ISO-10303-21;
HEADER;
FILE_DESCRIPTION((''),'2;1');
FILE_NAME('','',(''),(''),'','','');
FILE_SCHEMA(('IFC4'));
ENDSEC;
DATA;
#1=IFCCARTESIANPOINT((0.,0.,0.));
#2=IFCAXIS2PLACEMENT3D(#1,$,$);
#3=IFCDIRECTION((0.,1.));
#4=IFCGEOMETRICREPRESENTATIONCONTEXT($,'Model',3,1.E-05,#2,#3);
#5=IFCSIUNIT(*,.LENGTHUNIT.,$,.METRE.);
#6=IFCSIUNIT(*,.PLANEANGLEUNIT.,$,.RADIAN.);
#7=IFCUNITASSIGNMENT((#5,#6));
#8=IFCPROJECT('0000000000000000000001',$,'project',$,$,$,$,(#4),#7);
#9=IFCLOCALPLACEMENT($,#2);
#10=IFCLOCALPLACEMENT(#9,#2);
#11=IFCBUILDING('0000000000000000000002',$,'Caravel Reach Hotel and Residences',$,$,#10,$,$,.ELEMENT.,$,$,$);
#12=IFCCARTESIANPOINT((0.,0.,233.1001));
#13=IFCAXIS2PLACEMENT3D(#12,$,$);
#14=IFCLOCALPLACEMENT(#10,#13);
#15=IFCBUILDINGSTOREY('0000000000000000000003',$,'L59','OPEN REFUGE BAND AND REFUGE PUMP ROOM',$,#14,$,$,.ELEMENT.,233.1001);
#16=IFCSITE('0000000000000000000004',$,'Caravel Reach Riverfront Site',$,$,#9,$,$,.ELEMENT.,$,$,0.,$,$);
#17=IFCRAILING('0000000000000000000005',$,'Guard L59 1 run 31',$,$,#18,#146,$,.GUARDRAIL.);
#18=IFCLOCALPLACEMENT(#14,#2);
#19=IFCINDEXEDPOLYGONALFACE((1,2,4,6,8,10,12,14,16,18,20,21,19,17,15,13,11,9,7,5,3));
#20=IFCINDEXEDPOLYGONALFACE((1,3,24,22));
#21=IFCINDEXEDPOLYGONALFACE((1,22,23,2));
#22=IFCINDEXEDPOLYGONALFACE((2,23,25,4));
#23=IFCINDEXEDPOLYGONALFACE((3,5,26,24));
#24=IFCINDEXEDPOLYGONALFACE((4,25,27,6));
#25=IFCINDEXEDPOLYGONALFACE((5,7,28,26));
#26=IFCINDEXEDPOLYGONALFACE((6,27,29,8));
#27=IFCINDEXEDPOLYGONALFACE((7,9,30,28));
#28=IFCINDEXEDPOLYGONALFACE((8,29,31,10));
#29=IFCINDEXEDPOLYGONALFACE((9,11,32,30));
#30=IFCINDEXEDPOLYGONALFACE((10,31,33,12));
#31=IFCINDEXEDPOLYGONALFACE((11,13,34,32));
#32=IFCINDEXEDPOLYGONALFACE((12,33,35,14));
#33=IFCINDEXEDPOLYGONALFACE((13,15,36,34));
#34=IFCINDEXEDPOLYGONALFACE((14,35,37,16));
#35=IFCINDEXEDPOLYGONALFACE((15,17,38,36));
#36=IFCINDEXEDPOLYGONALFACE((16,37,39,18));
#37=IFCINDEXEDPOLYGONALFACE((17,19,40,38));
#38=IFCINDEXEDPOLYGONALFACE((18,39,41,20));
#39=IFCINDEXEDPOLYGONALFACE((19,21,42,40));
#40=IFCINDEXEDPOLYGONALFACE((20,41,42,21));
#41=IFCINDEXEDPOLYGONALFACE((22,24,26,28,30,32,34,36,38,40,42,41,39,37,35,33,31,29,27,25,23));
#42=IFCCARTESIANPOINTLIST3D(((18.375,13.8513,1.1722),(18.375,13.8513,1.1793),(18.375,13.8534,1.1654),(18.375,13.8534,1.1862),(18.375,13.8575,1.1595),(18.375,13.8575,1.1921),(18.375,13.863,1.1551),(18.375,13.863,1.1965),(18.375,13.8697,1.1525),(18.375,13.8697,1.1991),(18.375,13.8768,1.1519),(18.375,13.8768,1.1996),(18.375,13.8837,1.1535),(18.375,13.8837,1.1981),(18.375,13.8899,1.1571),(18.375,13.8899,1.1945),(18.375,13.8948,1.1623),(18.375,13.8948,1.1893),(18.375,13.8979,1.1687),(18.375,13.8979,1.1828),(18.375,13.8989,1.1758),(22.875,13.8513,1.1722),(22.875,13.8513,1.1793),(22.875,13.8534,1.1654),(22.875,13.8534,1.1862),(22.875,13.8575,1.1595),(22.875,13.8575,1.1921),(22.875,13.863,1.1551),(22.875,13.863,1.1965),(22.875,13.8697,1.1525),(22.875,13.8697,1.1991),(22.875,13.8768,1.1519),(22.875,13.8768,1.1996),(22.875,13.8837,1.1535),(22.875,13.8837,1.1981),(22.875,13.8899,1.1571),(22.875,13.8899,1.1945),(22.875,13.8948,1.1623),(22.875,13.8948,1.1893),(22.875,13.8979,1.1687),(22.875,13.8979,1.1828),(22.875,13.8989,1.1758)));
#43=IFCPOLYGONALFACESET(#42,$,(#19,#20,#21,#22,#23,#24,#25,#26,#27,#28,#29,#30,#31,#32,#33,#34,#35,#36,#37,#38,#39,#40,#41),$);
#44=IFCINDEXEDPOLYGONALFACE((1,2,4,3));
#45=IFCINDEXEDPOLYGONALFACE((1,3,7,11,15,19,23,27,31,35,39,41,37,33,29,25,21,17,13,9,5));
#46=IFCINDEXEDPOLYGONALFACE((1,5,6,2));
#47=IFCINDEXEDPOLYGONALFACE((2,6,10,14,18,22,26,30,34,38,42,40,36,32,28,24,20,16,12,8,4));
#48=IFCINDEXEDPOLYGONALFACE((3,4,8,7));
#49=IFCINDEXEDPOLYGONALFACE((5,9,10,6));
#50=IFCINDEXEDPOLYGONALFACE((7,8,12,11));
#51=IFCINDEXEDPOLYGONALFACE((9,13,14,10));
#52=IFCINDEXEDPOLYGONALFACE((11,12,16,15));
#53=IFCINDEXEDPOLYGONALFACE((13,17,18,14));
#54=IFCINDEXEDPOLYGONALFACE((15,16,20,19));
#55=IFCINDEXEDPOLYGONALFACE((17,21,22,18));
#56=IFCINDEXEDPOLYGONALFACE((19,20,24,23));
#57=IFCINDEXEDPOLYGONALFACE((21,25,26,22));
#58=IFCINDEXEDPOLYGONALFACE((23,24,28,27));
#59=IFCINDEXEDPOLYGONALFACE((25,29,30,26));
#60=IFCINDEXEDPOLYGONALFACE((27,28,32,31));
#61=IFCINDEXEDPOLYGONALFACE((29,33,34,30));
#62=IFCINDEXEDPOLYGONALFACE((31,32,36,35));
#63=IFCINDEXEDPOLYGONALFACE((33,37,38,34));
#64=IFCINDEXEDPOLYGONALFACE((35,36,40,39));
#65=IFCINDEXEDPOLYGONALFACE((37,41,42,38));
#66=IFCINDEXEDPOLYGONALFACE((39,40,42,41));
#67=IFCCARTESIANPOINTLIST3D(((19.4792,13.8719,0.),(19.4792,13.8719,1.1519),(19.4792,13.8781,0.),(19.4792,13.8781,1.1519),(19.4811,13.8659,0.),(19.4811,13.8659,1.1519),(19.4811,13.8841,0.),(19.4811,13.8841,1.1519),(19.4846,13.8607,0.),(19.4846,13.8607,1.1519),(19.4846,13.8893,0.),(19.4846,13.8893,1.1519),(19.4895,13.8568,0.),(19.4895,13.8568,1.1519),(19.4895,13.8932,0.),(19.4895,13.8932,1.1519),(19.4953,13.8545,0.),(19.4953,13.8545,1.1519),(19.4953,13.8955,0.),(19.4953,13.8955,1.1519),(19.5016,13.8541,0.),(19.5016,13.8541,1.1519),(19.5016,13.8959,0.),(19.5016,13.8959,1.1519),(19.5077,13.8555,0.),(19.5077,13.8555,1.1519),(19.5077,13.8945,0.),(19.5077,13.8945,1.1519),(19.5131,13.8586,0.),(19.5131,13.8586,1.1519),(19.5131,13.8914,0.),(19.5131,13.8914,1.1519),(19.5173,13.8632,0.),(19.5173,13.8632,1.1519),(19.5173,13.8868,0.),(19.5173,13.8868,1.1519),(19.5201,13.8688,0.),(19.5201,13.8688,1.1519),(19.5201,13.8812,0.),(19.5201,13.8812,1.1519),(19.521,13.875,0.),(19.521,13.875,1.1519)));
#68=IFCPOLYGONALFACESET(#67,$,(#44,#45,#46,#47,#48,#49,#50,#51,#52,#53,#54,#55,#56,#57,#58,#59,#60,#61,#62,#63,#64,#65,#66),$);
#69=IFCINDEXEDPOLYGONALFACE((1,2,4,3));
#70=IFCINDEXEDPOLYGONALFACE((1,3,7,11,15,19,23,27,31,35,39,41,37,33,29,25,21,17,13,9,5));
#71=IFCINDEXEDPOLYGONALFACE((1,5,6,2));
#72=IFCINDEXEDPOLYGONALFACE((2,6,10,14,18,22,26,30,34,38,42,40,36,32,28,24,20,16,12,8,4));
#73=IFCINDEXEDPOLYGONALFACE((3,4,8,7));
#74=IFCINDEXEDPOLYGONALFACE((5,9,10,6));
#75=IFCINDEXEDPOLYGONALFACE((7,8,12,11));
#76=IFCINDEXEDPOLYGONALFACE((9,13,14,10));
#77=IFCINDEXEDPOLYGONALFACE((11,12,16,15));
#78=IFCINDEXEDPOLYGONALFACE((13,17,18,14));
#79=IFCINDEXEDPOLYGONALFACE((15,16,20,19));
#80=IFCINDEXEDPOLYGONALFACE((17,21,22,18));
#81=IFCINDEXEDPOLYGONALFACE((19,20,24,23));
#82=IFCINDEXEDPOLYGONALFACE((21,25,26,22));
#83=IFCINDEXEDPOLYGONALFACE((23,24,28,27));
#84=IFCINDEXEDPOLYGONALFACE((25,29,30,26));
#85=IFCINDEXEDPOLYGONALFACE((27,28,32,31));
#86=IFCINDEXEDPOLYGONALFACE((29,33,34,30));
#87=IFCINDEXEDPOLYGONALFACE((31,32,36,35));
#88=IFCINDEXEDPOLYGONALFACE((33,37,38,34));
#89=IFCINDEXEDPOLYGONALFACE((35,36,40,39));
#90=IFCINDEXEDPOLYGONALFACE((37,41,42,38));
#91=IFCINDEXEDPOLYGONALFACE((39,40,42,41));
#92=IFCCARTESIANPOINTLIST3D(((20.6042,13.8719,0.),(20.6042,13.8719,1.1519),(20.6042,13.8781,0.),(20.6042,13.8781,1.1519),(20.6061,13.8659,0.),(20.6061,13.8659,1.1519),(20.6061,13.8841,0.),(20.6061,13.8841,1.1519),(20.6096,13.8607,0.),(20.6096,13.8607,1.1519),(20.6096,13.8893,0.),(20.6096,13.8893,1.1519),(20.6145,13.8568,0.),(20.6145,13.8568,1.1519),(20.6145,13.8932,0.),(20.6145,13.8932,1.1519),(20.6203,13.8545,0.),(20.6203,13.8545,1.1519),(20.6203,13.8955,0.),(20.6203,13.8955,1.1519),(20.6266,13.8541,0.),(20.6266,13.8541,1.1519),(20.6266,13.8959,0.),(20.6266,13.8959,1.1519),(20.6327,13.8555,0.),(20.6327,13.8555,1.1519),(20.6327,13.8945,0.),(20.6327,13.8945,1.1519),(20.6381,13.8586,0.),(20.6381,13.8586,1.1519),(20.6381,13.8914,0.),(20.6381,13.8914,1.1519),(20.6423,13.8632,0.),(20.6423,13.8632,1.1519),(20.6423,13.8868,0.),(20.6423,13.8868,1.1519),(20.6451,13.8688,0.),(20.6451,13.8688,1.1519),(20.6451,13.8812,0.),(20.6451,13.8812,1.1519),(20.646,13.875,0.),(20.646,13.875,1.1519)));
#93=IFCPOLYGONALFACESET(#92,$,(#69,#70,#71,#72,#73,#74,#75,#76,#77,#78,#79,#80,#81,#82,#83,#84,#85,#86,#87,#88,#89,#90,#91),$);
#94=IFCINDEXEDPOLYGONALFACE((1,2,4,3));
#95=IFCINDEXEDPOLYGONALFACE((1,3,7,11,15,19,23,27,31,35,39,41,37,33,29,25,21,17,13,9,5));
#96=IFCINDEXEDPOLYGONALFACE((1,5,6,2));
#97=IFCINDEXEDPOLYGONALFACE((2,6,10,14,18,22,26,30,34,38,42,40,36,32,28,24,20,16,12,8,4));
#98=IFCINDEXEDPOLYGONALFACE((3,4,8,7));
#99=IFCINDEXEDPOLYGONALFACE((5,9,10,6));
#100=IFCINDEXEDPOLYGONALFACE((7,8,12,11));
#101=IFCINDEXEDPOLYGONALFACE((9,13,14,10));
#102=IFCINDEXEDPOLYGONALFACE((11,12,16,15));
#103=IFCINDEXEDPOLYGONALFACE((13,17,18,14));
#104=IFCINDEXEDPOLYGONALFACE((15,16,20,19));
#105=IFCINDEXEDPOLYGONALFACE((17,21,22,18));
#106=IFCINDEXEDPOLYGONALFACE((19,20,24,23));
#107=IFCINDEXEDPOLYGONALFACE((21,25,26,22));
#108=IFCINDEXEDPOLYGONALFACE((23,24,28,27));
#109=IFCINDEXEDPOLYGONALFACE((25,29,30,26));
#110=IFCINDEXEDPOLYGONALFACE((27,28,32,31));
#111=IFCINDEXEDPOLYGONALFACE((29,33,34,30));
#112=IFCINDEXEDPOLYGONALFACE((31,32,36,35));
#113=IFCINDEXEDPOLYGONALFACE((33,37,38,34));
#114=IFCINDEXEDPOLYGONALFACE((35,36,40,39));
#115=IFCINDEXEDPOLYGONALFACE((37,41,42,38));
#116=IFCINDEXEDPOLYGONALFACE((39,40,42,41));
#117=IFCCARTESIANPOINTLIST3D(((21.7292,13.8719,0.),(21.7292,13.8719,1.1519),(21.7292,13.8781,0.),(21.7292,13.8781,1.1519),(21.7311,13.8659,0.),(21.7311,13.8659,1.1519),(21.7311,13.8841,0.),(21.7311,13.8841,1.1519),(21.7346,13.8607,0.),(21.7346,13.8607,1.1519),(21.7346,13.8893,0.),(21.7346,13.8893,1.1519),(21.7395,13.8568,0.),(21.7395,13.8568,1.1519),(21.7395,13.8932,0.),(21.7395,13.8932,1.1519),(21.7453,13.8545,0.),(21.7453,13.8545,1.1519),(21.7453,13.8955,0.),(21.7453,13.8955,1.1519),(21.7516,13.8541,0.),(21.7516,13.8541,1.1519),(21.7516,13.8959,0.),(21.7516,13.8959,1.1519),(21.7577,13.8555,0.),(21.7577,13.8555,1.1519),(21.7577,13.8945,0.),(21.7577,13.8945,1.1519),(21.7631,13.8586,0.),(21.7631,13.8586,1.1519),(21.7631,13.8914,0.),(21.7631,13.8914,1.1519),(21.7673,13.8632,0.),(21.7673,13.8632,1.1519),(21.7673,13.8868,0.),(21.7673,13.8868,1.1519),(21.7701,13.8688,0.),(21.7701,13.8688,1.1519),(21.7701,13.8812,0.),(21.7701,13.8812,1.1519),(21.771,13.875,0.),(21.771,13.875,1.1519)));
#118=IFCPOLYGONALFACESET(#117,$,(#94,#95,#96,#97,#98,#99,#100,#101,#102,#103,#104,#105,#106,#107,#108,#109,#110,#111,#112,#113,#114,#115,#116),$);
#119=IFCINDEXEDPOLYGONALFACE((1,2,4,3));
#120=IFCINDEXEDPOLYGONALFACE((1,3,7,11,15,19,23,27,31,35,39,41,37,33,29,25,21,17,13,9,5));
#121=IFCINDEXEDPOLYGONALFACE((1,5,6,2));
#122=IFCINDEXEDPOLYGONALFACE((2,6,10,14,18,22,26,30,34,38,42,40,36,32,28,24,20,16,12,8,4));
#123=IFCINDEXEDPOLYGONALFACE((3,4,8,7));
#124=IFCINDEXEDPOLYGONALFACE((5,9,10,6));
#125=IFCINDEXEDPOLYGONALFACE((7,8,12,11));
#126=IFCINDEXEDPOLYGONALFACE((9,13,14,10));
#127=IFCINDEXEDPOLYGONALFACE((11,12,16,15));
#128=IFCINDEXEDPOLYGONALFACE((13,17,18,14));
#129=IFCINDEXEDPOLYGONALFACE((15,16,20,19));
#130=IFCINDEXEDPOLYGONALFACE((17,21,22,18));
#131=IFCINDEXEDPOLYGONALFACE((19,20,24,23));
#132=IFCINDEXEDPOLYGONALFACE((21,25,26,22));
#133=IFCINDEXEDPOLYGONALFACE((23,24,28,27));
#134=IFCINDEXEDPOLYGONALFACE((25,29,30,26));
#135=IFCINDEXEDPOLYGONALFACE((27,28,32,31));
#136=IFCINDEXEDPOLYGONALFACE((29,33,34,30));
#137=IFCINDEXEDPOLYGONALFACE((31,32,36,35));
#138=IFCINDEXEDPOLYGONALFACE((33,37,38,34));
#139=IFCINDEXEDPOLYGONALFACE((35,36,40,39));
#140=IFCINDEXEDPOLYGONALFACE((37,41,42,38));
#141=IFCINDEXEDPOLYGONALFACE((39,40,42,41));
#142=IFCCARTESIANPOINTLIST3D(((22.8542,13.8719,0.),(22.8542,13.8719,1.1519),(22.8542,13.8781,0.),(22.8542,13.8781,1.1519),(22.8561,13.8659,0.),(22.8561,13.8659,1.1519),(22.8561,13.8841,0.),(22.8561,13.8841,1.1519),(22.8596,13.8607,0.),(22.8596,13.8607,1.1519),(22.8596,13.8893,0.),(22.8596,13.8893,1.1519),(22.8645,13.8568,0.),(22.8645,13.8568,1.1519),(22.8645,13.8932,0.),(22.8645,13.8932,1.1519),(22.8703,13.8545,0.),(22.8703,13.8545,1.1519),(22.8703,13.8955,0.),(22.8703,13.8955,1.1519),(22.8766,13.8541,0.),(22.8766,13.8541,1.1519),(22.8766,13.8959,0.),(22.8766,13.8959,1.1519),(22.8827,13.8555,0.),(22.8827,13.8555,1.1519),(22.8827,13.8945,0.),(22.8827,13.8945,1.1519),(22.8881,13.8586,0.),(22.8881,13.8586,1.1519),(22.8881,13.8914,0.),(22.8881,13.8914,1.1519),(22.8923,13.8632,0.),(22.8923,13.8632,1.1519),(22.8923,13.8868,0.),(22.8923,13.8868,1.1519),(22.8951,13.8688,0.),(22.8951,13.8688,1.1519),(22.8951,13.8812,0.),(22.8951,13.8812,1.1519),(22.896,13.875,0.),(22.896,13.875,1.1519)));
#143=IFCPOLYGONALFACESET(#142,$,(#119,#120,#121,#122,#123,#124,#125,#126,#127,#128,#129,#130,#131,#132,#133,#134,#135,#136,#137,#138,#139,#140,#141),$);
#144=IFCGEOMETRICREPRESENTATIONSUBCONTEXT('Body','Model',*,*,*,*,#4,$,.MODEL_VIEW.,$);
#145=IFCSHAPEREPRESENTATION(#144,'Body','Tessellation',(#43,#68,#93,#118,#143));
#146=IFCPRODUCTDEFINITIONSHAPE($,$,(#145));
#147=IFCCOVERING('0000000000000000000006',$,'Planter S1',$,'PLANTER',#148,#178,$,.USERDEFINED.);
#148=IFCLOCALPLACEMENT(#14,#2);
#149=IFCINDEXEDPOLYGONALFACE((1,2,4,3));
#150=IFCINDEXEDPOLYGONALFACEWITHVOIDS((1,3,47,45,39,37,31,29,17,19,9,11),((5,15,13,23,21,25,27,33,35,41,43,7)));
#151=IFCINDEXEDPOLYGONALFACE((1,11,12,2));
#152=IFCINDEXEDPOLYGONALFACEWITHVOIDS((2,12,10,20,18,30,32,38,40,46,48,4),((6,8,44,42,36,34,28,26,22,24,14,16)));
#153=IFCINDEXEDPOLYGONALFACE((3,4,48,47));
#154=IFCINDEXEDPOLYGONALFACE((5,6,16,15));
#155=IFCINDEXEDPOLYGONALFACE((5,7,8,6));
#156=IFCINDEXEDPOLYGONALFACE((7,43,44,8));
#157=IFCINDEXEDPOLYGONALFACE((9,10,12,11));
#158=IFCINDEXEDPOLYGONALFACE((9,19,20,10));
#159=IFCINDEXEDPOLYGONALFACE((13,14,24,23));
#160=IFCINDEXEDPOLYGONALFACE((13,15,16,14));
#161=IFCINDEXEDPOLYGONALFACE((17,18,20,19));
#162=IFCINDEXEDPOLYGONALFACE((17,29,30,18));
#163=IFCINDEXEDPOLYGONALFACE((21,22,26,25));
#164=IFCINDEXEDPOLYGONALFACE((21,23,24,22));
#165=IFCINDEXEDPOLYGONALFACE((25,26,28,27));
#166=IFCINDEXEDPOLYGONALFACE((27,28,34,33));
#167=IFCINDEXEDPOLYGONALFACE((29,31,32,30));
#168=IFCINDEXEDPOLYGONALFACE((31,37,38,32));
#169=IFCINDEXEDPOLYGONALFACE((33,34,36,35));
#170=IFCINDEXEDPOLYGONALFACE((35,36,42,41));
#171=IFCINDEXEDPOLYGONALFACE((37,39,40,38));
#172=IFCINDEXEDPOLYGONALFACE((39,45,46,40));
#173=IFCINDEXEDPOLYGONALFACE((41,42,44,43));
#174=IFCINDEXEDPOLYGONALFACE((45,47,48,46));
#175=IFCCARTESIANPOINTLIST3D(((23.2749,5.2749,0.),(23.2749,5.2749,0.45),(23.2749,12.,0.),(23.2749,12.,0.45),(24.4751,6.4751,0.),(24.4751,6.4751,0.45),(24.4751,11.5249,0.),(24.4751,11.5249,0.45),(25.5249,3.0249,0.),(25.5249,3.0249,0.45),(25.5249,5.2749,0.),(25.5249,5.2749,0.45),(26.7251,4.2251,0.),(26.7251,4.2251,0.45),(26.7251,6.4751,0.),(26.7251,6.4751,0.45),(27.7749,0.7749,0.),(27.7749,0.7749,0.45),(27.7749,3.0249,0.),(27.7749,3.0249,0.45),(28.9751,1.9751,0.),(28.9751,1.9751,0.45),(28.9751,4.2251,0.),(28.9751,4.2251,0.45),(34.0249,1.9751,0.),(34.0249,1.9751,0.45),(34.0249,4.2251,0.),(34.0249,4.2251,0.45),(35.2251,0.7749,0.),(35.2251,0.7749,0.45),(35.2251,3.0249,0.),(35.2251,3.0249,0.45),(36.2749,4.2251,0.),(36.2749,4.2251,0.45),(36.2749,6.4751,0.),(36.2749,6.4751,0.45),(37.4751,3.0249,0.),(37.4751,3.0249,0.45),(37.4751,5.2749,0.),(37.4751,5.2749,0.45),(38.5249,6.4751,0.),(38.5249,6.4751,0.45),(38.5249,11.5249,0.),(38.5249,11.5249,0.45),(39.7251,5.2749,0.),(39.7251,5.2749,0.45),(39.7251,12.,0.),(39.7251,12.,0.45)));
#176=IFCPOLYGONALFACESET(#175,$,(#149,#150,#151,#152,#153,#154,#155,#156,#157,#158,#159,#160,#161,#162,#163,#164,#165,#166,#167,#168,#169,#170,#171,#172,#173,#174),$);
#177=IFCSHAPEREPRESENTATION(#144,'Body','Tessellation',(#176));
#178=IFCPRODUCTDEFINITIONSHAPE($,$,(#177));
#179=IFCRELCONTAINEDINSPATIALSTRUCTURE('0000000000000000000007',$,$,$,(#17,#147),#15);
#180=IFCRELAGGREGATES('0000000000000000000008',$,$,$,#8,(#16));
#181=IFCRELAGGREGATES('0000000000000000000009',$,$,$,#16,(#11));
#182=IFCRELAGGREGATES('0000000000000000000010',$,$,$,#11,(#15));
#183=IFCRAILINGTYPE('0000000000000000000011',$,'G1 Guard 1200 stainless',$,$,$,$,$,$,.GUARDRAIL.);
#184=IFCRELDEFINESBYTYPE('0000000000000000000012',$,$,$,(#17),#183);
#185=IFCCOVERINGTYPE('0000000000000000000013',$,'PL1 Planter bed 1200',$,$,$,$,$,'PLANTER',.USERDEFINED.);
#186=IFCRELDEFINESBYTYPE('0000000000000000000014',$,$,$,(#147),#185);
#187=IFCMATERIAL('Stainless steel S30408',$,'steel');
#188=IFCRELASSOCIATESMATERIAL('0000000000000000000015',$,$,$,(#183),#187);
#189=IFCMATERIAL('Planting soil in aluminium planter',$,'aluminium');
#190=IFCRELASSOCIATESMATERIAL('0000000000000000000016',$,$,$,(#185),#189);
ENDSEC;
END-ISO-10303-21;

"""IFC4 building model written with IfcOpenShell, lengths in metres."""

from ifc_helpers import new_model, si_unit, direction, frame, origin, origin_2d, place, context, subcontext, project, spatial, polyline, circle, outline, extrude, material, type_object, element, save


model = new_model("IFC4")

# Units and contexts
model_context = context("Model", 3, precision=1e-05, world=origin(), true_north=direction((0.0, 1.0)))
body_context = subcontext(model_context, "Body", "Model", "MODEL_VIEW")
ifc_project = project(units=[si_unit("LENGTHUNIT", "METRE"), si_unit("PLANEANGLEUNIT", "RADIAN")], contexts=[model_context])

# Site, building, storey
site_placement = place(None, origin())
site = spatial("IfcSite", under=ifc_project, at=site_placement, Name="Caravel Reach Riverfront Site", CompositionType="ELEMENT", RefElevation=0.0)
building_placement = place(site_placement, origin())
building = spatial("IfcBuilding", under=site, at=building_placement, Name="Caravel Reach Hotel and Residences", CompositionType="ELEMENT")
storey_placement = place(building_placement, frame((0.0, 0.0, 233.1001)))
storey = spatial("IfcBuildingStorey", under=building, at=storey_placement, Name="L59", Description="OPEN REFUGE BAND AND REFUGE PUMP ROOM", CompositionType="ELEMENT", Elevation=233.1001)

# Railing
ifc_material_1 = material(Name="Stainless steel S30408", Category="steel")
railing_type = type_object("IfcRailingType", Name="G1 Guard 1200 stainless", PredefinedType="GUARDRAIL", material=ifc_material_1)
railing_1_placement = place(storey_placement, frame((18.375, 13.875, 0.0)))
element("IfcRailing", 1, at=railing_1_placement, inside=storey, type_object=railing_type, Name="Guard L59 1 run 31", PredefinedType="GUARDRAIL", context=body_context, shape_type="SweptSolid", body=[
    extrude(circle(Radius=0.0239, at=origin_2d()), frame((0.0, 0.0, 1.1758), z_axis=(1.0, 0.0, 0.0), x_axis=(0.0, 1.0, 0.0)), (0.0, 0.0, 1.0), 4.5),
    extrude(circle(Radius=0.021, at=origin_2d()), frame((1.125, 0.0, 0.0)), (0.0, 0.0, 1.0), 1.1519),
    extrude(circle(Radius=0.021, at=origin_2d()), frame((2.25, 0.0, 0.0)), (0.0, 0.0, 1.0), 1.1519),
    extrude(circle(Radius=0.021, at=origin_2d()), frame((3.375, 0.0, 0.0)), (0.0, 0.0, 1.0), 1.1519),
    extrude(circle(Radius=0.021, at=origin_2d()), frame((4.5, 0.0, 0.0)), (0.0, 0.0, 1.0), 1.1519),
])

# Covering
ifc_material_2 = material(Name="Planting soil in aluminium planter", Category="aluminium")
covering_type_1 = type_object("IfcCoveringType", Name="PL1 Planter bed 1200", ElementType="PLANTER", PredefinedType="USERDEFINED", material=ifc_material_2)
covering_1_placement = place(storey_placement, origin())
element("IfcCovering", 2, at=covering_1_placement, inside=storey, type_object=covering_type_1, Name="Planter S1", ObjectType="PLANTER", PredefinedType="USERDEFINED", context=body_context, shape_type="SweptSolid", body=[
    extrude(outline(polyline([(37.4751, 3.0249), (37.4751, 5.2749), (39.7251, 5.2749), (39.7251, 12.0), (23.2749, 12.0), (23.2749, 5.2749), (25.5249, 5.2749), (25.5249, 3.0249), (27.7749, 3.0249), (27.7749, 0.7749), (35.2251, 0.7749), (35.2251, 3.0249), (37.4751, 3.0249)]), holes=[polyline([(24.4751, 11.5249), (38.5249, 11.5249), (38.5249, 6.4751), (36.2749, 6.4751), (36.2749, 4.2251), (34.0249, 4.2251), (34.0249, 1.9751), (28.9751, 1.9751), (28.9751, 4.2251), (26.7251, 4.2251), (26.7251, 6.4751), (24.4751, 6.4751), (24.4751, 11.5249)])]), origin(), (0.0, 0.0, 1.0), 0.45),
])

save(model, "model.ifc")
